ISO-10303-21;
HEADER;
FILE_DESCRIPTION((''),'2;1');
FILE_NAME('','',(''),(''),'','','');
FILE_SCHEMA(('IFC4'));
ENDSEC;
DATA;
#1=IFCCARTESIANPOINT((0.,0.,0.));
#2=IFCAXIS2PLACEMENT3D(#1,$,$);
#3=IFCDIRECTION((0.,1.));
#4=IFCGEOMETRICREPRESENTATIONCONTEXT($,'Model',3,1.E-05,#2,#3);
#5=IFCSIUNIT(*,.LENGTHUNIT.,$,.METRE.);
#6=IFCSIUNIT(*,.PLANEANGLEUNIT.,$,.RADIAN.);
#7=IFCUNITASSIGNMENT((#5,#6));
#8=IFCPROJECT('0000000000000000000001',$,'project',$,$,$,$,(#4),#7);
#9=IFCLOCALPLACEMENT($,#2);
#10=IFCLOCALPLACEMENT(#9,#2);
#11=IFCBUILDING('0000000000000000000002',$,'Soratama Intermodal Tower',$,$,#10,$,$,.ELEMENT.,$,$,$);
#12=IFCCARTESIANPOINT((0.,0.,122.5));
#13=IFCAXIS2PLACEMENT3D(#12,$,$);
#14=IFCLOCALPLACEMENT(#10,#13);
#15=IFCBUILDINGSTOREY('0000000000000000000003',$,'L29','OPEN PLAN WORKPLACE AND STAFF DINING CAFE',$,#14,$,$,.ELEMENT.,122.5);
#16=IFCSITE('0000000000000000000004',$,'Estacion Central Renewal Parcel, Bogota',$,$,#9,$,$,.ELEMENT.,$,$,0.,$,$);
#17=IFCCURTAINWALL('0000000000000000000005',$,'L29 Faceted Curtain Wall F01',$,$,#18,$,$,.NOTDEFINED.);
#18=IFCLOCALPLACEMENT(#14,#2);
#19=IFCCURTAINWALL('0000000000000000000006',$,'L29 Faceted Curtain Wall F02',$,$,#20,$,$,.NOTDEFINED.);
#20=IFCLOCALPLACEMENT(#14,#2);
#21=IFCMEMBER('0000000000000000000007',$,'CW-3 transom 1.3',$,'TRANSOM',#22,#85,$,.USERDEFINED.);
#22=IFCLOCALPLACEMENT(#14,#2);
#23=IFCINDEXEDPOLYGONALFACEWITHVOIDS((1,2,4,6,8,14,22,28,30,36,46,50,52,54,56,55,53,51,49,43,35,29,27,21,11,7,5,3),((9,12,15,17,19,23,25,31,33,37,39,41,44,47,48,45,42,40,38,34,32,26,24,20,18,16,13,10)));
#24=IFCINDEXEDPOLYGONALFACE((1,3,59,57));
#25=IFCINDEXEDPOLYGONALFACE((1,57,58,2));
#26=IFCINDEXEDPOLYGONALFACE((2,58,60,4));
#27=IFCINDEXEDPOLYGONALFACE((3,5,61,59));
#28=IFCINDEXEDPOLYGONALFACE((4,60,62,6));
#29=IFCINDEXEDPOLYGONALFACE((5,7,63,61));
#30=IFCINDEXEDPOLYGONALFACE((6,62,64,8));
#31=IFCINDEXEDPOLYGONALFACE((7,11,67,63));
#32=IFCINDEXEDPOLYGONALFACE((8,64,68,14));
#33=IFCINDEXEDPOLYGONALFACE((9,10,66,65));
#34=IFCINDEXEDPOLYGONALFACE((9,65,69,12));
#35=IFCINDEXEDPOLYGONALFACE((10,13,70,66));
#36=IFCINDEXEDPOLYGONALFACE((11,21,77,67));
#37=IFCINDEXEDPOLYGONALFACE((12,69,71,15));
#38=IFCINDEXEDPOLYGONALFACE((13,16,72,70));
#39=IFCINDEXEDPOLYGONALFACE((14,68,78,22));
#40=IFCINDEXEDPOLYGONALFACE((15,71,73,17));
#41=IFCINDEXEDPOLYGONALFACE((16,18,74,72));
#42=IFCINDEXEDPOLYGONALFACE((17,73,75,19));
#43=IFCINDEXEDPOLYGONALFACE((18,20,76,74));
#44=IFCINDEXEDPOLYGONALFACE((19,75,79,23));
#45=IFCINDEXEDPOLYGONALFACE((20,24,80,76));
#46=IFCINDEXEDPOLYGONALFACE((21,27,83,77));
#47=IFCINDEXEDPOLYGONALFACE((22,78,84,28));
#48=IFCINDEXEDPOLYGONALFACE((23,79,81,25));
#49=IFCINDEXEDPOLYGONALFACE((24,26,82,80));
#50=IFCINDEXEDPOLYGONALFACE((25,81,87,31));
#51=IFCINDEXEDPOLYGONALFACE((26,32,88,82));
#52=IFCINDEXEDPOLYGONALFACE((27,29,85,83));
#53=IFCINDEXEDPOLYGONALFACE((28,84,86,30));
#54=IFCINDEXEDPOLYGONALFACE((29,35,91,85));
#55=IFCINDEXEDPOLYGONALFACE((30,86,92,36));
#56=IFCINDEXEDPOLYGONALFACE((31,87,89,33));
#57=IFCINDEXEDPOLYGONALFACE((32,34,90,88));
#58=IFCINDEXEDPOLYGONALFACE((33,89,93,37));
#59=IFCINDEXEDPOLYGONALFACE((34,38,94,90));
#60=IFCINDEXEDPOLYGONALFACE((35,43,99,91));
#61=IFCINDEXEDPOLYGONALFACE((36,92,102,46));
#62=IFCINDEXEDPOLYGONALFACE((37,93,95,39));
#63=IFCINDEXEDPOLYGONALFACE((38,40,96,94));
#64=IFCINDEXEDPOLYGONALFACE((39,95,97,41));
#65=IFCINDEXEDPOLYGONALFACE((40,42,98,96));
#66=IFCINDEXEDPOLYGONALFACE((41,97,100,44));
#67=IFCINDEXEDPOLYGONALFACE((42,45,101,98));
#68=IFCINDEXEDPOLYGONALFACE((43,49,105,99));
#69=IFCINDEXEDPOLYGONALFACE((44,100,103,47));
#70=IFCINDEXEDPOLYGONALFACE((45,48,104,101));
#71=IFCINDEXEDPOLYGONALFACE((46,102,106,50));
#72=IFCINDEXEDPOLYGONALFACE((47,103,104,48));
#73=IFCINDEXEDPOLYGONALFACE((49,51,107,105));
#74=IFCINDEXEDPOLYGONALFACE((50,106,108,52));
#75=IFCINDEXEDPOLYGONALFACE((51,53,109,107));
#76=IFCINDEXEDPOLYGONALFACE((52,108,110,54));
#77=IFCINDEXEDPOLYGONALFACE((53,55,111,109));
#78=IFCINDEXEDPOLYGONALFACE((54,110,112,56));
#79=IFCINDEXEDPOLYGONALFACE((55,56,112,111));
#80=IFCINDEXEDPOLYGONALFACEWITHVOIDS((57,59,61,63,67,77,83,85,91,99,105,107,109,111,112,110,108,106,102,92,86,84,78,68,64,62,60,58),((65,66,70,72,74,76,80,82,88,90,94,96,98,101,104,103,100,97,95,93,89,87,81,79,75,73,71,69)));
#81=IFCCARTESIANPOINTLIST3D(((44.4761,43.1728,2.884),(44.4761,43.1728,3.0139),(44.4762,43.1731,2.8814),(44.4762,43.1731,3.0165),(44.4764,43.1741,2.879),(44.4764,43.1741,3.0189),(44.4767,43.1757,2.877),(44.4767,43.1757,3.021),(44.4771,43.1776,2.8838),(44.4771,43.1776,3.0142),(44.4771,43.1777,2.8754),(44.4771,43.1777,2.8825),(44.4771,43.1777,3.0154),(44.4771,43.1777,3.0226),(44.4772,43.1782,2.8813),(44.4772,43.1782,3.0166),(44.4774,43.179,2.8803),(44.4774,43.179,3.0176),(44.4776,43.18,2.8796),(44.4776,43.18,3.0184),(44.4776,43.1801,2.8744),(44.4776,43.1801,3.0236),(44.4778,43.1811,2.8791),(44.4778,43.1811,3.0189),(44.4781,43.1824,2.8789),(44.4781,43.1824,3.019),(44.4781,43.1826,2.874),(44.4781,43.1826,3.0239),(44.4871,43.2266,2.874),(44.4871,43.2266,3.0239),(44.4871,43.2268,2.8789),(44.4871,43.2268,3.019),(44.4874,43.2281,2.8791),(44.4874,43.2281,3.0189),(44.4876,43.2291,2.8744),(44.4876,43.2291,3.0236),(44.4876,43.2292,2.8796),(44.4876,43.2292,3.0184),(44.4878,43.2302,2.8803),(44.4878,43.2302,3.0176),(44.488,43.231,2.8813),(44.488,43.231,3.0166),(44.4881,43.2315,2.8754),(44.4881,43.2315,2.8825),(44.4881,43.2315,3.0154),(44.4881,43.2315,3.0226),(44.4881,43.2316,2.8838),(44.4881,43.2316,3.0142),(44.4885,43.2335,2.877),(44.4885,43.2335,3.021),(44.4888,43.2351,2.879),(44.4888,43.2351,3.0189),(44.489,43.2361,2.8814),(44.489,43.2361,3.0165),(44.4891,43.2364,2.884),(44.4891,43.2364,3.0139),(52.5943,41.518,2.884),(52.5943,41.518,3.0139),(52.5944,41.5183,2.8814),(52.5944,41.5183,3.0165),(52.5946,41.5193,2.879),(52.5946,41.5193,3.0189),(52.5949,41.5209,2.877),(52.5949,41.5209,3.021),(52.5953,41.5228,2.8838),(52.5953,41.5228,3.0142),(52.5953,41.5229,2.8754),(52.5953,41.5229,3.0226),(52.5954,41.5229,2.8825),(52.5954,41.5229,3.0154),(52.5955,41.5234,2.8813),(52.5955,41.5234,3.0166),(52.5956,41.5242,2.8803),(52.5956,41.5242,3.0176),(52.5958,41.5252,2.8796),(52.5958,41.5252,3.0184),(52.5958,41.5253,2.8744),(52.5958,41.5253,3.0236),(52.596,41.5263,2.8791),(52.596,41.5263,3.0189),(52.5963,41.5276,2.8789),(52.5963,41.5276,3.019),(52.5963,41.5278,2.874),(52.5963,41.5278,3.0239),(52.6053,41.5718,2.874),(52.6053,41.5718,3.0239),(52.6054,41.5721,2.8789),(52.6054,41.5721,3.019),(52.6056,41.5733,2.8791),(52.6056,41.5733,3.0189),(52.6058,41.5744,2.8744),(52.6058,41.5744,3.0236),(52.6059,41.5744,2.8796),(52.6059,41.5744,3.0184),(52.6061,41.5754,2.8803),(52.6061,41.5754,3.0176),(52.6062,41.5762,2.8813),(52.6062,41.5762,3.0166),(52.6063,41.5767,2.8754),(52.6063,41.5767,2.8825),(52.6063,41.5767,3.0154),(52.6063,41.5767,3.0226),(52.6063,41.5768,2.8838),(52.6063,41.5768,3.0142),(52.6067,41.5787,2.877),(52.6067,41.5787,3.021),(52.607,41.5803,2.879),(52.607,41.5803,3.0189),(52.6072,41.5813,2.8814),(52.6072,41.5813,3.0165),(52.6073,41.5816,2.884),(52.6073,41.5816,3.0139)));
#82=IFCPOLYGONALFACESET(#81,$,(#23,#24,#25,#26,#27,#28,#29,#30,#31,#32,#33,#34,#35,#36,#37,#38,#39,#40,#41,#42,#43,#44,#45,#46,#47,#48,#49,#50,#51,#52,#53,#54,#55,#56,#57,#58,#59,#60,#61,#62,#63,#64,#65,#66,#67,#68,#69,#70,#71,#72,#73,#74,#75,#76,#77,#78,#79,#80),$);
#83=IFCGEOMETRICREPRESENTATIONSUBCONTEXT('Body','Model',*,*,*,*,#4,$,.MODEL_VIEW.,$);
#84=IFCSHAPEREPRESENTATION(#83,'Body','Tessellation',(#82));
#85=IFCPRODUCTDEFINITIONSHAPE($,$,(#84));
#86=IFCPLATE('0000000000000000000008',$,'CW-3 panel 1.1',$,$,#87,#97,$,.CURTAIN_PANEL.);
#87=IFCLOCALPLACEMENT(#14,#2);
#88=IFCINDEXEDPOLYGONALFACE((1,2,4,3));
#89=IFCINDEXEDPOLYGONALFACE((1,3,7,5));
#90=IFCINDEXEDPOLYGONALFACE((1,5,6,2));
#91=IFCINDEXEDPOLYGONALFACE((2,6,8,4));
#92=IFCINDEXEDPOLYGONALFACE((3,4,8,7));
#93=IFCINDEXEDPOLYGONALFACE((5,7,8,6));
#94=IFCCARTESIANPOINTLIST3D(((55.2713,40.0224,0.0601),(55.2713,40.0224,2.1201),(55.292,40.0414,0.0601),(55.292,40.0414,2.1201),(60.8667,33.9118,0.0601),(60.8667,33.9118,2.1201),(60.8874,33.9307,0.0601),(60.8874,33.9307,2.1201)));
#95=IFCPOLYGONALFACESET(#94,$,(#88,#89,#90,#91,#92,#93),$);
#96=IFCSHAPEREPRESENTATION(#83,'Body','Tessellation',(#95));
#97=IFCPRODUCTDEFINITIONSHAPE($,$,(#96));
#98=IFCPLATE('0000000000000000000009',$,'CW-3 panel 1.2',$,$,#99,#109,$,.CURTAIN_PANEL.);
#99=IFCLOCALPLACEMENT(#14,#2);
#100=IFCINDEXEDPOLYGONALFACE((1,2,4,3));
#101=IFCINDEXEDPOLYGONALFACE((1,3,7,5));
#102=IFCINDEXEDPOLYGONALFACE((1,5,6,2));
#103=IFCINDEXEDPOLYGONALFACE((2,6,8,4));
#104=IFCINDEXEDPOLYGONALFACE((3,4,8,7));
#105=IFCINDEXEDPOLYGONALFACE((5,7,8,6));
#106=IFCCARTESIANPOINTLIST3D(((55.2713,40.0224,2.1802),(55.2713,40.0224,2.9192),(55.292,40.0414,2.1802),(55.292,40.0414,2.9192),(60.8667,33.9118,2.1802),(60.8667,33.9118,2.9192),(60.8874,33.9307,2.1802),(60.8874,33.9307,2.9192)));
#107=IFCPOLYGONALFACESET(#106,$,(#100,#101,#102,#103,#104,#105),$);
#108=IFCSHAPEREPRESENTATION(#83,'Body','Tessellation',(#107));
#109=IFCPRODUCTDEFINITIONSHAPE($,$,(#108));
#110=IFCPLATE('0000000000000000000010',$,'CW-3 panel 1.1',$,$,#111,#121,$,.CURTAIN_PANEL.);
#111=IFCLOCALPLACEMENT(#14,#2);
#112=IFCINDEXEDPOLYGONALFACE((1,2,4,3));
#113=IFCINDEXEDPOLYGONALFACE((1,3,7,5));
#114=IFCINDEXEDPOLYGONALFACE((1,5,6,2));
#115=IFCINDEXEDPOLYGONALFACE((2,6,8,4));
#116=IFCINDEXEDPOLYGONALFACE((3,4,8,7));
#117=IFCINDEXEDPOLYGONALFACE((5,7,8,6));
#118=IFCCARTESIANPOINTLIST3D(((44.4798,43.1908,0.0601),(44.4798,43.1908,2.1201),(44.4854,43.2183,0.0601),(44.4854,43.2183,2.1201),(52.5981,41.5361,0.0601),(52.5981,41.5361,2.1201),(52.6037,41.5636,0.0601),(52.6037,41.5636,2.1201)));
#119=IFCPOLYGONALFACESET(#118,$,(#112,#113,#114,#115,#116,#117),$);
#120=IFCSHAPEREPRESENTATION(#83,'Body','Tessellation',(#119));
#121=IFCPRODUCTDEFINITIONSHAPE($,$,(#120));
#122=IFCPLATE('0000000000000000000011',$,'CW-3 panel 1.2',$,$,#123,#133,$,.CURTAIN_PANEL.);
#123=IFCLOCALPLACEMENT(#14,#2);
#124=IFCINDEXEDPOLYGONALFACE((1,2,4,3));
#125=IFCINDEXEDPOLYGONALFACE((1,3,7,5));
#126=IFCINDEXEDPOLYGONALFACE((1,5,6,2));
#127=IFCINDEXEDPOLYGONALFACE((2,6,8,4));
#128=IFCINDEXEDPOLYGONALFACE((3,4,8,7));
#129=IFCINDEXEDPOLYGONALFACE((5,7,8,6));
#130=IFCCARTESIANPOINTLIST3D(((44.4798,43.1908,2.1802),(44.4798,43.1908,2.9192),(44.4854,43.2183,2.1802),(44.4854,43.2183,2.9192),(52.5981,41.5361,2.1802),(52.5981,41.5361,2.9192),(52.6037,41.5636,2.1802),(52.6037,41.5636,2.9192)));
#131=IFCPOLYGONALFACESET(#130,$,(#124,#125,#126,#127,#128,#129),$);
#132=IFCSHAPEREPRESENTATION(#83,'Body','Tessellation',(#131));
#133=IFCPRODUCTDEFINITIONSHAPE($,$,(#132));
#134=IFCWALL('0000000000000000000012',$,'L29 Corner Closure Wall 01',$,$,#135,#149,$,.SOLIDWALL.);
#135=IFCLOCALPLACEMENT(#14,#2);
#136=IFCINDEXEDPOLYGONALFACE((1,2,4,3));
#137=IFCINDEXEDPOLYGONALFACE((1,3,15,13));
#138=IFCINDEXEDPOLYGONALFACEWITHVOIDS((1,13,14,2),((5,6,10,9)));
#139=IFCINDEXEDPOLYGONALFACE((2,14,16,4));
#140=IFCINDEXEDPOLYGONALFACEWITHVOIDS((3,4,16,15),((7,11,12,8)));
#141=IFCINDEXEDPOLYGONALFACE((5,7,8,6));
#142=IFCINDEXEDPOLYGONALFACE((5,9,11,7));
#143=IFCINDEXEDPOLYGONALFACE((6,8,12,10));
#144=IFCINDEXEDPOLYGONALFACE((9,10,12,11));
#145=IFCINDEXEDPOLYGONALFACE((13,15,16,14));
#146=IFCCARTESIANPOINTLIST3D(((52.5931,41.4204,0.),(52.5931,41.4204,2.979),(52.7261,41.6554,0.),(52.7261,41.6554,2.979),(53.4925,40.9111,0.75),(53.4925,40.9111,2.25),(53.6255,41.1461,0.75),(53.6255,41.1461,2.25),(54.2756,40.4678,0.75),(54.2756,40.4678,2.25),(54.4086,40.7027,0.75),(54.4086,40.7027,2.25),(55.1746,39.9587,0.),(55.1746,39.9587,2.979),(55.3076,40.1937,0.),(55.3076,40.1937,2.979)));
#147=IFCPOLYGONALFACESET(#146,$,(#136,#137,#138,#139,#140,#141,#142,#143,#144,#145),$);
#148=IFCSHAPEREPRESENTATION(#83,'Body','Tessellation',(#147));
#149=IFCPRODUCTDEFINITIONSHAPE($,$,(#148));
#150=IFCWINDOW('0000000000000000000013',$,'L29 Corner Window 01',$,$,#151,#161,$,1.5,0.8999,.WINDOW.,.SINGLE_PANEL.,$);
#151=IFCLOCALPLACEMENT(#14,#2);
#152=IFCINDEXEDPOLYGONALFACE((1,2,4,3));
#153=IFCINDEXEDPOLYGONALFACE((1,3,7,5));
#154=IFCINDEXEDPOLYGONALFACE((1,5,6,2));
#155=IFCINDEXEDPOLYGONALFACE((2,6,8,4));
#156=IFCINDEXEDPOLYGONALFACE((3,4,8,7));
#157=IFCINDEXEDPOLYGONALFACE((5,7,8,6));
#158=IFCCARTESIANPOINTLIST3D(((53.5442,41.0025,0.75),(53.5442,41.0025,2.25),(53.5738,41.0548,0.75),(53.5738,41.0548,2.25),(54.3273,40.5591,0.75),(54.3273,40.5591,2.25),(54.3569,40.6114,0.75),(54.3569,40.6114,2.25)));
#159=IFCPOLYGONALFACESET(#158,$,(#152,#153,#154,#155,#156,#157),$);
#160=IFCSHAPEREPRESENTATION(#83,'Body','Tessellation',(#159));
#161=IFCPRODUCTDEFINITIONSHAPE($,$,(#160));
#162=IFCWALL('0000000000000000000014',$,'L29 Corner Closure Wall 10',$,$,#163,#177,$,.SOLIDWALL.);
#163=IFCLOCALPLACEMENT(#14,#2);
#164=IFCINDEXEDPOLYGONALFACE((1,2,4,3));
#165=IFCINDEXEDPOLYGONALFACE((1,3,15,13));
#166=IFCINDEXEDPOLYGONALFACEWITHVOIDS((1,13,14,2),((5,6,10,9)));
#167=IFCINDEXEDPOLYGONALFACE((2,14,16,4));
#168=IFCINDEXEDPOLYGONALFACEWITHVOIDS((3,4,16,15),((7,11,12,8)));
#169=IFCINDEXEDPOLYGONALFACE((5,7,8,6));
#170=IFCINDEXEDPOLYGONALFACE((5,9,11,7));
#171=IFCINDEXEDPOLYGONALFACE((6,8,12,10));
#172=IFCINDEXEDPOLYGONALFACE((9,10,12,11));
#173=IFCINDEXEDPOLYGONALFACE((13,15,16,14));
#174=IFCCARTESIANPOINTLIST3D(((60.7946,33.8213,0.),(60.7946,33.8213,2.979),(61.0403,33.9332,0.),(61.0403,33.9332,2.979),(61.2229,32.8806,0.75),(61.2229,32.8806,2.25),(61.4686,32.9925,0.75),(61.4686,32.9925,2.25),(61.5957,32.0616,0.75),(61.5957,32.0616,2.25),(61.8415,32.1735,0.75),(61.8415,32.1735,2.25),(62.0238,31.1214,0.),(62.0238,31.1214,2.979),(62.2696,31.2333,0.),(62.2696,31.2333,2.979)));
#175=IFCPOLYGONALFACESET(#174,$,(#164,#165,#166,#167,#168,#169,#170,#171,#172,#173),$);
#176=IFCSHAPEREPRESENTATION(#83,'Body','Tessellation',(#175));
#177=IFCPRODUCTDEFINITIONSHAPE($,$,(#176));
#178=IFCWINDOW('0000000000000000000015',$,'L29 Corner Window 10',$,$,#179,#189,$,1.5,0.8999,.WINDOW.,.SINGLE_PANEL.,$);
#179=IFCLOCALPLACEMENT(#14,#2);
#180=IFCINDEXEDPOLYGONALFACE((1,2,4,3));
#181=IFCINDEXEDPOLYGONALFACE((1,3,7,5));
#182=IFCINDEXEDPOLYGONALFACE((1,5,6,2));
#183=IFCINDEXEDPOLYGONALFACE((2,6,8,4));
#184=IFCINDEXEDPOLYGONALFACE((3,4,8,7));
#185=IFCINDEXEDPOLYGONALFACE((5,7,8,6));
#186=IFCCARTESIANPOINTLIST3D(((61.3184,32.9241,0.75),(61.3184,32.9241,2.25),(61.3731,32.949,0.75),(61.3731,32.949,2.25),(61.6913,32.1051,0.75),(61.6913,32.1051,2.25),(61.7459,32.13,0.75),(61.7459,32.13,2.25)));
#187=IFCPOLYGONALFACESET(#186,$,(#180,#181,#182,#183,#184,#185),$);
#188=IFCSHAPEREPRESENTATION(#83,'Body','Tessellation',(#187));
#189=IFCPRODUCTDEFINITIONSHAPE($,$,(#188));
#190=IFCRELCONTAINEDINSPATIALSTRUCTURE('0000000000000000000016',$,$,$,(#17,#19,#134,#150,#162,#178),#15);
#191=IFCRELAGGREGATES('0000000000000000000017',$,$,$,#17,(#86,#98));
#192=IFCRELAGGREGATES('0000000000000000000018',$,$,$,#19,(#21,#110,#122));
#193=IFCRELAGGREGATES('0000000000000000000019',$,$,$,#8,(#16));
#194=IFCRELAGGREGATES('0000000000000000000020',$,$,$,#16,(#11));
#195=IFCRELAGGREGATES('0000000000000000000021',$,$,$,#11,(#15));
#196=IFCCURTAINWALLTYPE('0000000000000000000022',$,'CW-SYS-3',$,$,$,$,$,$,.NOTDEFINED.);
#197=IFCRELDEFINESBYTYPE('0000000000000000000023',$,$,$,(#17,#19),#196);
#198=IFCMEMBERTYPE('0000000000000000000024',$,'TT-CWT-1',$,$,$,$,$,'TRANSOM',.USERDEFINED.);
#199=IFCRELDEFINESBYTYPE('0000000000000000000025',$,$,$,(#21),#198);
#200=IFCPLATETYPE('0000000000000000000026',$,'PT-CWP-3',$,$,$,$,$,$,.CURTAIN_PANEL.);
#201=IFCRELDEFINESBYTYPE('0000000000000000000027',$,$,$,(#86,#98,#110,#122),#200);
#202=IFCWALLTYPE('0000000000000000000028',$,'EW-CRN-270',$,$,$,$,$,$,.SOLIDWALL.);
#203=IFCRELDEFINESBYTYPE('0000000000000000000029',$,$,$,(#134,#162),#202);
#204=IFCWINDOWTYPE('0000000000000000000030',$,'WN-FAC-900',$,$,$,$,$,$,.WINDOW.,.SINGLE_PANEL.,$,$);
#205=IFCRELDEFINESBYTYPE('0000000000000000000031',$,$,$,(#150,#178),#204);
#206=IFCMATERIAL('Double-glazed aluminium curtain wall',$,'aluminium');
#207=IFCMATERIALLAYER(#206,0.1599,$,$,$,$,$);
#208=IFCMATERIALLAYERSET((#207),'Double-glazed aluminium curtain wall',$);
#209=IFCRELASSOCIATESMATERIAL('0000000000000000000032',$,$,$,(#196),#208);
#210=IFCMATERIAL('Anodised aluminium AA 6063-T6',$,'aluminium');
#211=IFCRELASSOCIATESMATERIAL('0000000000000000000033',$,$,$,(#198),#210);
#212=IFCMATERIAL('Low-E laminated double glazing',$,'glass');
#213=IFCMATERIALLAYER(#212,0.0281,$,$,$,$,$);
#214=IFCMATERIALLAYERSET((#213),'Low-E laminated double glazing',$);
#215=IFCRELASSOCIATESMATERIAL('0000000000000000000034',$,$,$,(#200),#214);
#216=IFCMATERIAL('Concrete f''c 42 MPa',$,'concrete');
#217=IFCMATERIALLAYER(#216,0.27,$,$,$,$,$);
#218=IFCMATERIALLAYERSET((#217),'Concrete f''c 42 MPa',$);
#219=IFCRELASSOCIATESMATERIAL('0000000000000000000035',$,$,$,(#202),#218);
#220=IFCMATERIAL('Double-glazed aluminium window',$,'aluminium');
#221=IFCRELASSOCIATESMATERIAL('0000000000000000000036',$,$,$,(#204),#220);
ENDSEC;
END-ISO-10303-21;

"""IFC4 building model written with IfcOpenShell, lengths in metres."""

from ifc_helpers import new_model, si_unit, direction, frame, frame_2d, origin, origin_2d, place, context, subcontext, project, spatial, rectangle, hollow_rectangle, extrude, material, layer, layer_set, material_profile, profile_set, type_object, element, fill, aggregate, save


model = new_model("IFC4")

# Units and contexts
model_context = context("Model", 3, precision=1e-05, world=origin(), true_north=direction((0.0, 1.0)))
body_context = subcontext(model_context, "Body", "Model", "MODEL_VIEW")
ifc_project = project(units=[si_unit("LENGTHUNIT", "METRE"), si_unit("PLANEANGLEUNIT", "RADIAN")], contexts=[model_context])

# Site, building, storey
site_placement = place(None, origin())
site = spatial("IfcSite", under=ifc_project, at=site_placement, Name="Estacion Central Renewal Parcel, Bogota", CompositionType="ELEMENT", RefElevation=0.0)
building_placement = place(site_placement, origin())
building = spatial("IfcBuilding", under=site, at=building_placement, Name="Soratama Intermodal Tower", CompositionType="ELEMENT")
storey_placement = place(building_placement, frame((0.0, 0.0, 122.5)))
storey = spatial("IfcBuildingStorey", under=building, at=storey_placement, Name="L29", Description="OPEN PLAN WORKPLACE AND STAFF DINING CAFE", CompositionType="ELEMENT", Elevation=122.5)

# Curtain wall
ifc_material_1 = material(Name="Double-glazed aluminium curtain wall", Category="aluminium")
ifc_layer_1 = layer(ifc_material_1, 0.1599)
ifc_layer_set_1 = layer_set([ifc_layer_1], Name="Double-glazed aluminium curtain wall")
curtain_wall_type = type_object("IfcCurtainWallType", Name="CW-SYS-3", PredefinedType="NOTDEFINED", material=ifc_layer_set_1)
curtain_wall_1_placement = place(storey_placement, origin())
curtain_wall_1 = element("IfcCurtainWall", 1, at=curtain_wall_1_placement, inside=storey, type_object=curtain_wall_type, Name="L29 Faceted Curtain Wall F01", PredefinedType="NOTDEFINED")

# Curtain wall
curtain_wall_2_placement = place(storey_placement, origin())
curtain_wall_2 = element("IfcCurtainWall", 2, at=curtain_wall_2_placement, inside=storey, type_object=curtain_wall_type, Name="L29 Faceted Curtain Wall F02", PredefinedType="NOTDEFINED")

# Member
ifc_material_2 = material(Name="Anodised aluminium AA 6063-T6", Category="aluminium")
ifc_material_profile_1 = material_profile(ifc_material_2, hollow_rectangle(XDim=0.0649, YDim=0.1499, WallThickness=0.0049, InnerFilletRadius=0.0049, OuterFilletRadius=0.01, at=origin_2d()), Name="CWT150X65X5")
ifc_profile_set_1 = profile_set([ifc_material_profile_1], Name="Anodised aluminium AA 6063-T6")
member_type_1 = type_object("IfcMemberType", Name="TT-CWT-1", ElementType="TRANSOM", PredefinedType="USERDEFINED", material=ifc_profile_set_1)
member_1_placement = place(storey_placement, frame((52.6008, 41.5498, 2.949), z_axis=(-0.979851, 0.19973, 0.0), x_axis=(-0.19973, -0.979851, 0.0)))
member_1 = element("IfcMember", 3, at=member_1_placement, type_object=member_type_1, Name="CW-3 transom 1.3", ObjectType="TRANSOM", PredefinedType="USERDEFINED", context=body_context, shape_type="SweptSolid", body=[
    extrude(hollow_rectangle(XDim=0.0649, YDim=0.1499, WallThickness=0.0049, InnerFilletRadius=0.0049, OuterFilletRadius=0.01, at=origin_2d()), origin(), (0.0, 0.0, 1.0), 8.2852),
])

# Plates
ifc_material_3 = material(Name="Low-E laminated double glazing", Category="glass")
ifc_layer_2 = layer(ifc_material_3, 0.0281)
ifc_layer_set_2 = layer_set([ifc_layer_2], Name="Low-E laminated double glazing")
plate_type = type_object("IfcPlateType", Name="PT-CWP-3", PredefinedType="CURTAIN_PANEL", material=ifc_layer_set_2)
plate_1_placement = place(storey_placement, frame((58.0793, 36.9766, 0.0601), z_axis=(0.0, 0.0, 1.0), x_axis=(-0.67533, 0.737516, 0.0)))
plate_1 = element("IfcPlate", 4, at=plate_1_placement, type_object=plate_type, Name="CW-3 panel 1.1", PredefinedType="CURTAIN_PANEL", context=body_context, shape_type="SweptSolid", body=[
    extrude(rectangle(XDim=8.2854, YDim=0.0281, at=origin_2d()), origin(), (0.0, 0.0, 1.0), 2.0601),
])
plate_2_placement = place(storey_placement, frame((58.0793, 36.9766, 2.1802), z_axis=(0.0, 0.0, 1.0), x_axis=(-0.67533, 0.737516, 0.0)))
plate_2 = element("IfcPlate", 5, at=plate_2_placement, type_object=plate_type, Name="CW-3 panel 1.2", PredefinedType="CURTAIN_PANEL", context=body_context, shape_type="SweptSolid", body=[
    extrude(rectangle(XDim=8.2854, YDim=0.0281, at=origin_2d()), origin(), (0.0, 0.0, 1.0), 0.739),
])
aggregate(curtain_wall_1, [plate_1, plate_2])
plate_3_placement = place(storey_placement, frame((48.5417, 42.3772, 0.0601), z_axis=(0.0, 0.0, 1.0), x_axis=(-0.979855, 0.199709, 0.0)))
plate_3 = element("IfcPlate", 6, at=plate_3_placement, type_object=plate_type, Name="CW-3 panel 1.1", PredefinedType="CURTAIN_PANEL", context=body_context, shape_type="SweptSolid", body=[
    extrude(rectangle(XDim=8.2852, YDim=0.0281, at=origin_2d()), origin(), (0.0, 0.0, 1.0), 2.0601),
])
plate_4_placement = place(storey_placement, frame((48.5417, 42.3772, 2.1802), z_axis=(0.0, 0.0, 1.0), x_axis=(-0.979855, 0.199709, 0.0)))
plate_4 = element("IfcPlate", 7, at=plate_4_placement, type_object=plate_type, Name="CW-3 panel 1.2", PredefinedType="CURTAIN_PANEL", context=body_context, shape_type="SweptSolid", body=[
    extrude(rectangle(XDim=8.2852, YDim=0.0281, at=origin_2d()), origin(), (0.0, 0.0, 1.0), 0.739),
])
aggregate(curtain_wall_2, [member_1, plate_3, plate_4])

# Walls, openings, windows
ifc_material_4 = material(Name="Concrete f'c 42 MPa", Category="concrete")
ifc_layer_3 = layer(ifc_material_4, 0.27)
ifc_layer_set_3 = layer_set([ifc_layer_3], Name="Concrete f'c 42 MPa")
wall_type = type_object("IfcWallType", Name="EW-CRN-270", PredefinedType="SOLIDWALL", material=ifc_layer_set_3)
wall_1_placement = place(storey_placement, frame((55.2412, 40.0762, 0.0), z_axis=(0.0, 0.0, 1.0), x_axis=(-0.870196, 0.492705, 0.0)))
wall_1 = element("IfcWall", 8, at=wall_1_placement, inside=storey, type_object=wall_type, Name="L29 Corner Closure Wall 01", PredefinedType="SOLIDWALL", context=body_context, shape_type="SweptSolid", body=[
    extrude(rectangle(XDim=2.9666, YDim=0.27, at=frame_2d((1.4834, 0.0))), origin(), (0.0, 0.0, 1.0), 2.979),
])
opening_1_placement = place(wall_1_placement, frame((1.0332, 0.0, 0.75)))
opening_1 = element("IfcOpeningElement", 9, at=opening_1_placement, cuts=wall_1, PredefinedType="OPENING", context=body_context, shape_type="SweptSolid", body=[
    extrude(rectangle(XDim=0.8999, YDim=1.5, at=frame_2d((0.45, 0.75))), frame((0.0, 0.145, 0.0), z_axis=(0.0, -1.0, 0.0), x_axis=(1.0, 0.0, 0.0)), (0.0, 0.0, 1.0), 0.29),
])
ifc_material_5 = material(Name="Double-glazed aluminium window", Category="aluminium")
window_type = type_object("IfcWindowType", Name="WN-FAC-900", PartitioningType="SINGLE_PANEL", PredefinedType="WINDOW", material=ifc_material_5)
window_1_placement = place(opening_1_placement, origin())
window_1 = element("IfcWindow", 10, at=window_1_placement, inside=storey, type_object=window_type, Name="L29 Corner Window 01", OverallHeight=1.5, OverallWidth=0.8999, PartitioningType="SINGLE_PANEL", PredefinedType="WINDOW", context=body_context, shape_type="SweptSolid", body=[
    extrude(rectangle(XDim=0.8999, YDim=1.5, at=frame_2d((0.45, 0.75))), frame((0.0, 0.03, 0.0), z_axis=(0.0, -1.0, 0.0), x_axis=(1.0, 0.0, 0.0)), (0.0, 0.0, 1.0), 0.0601),
])
fill(opening_1, window_1)
wall_2_placement = place(storey_placement, frame((62.1467, 31.1772, 0.0), z_axis=(0.0, 0.0, 1.0), x_axis=(-0.414361, 0.910113, 0.0)))
wall_2 = element("IfcWall", 11, at=wall_2_placement, inside=storey, type_object=wall_type, Name="L29 Corner Closure Wall 10", PredefinedType="SOLIDWALL", context=body_context, shape_type="SweptSolid", body=[
    extrude(rectangle(XDim=2.9666, YDim=0.27, at=frame_2d((1.4834, 0.0))), origin(), (0.0, 0.0, 1.0), 2.979),
])
opening_2_placement = place(wall_2_placement, frame((1.0332, 0.0, 0.75)))
opening_2 = element("IfcOpeningElement", 12, at=opening_2_placement, cuts=wall_2, PredefinedType="OPENING", context=body_context, shape_type="SweptSolid", body=[
    extrude(rectangle(XDim=0.8999, YDim=1.5, at=frame_2d((0.45, 0.75))), frame((0.0, 0.145, 0.0), z_axis=(0.0, -1.0, 0.0), x_axis=(1.0, 0.0, 0.0)), (0.0, 0.0, 1.0), 0.29),
])
window_2_placement = place(opening_2_placement, origin())
window_2 = element("IfcWindow", 13, at=window_2_placement, inside=storey, type_object=window_type, Name="L29 Corner Window 10", OverallHeight=1.5, OverallWidth=0.8999, PartitioningType="SINGLE_PANEL", PredefinedType="WINDOW", context=body_context, shape_type="SweptSolid", body=[
    extrude(rectangle(XDim=0.8999, YDim=1.5, at=frame_2d((0.45, 0.75))), frame((0.0, 0.03, 0.0), z_axis=(0.0, -1.0, 0.0), x_axis=(1.0, 0.0, 0.0)), (0.0, 0.0, 1.0), 0.0601),
])
fill(opening_2, window_2)

save(model, "model.ifc")
